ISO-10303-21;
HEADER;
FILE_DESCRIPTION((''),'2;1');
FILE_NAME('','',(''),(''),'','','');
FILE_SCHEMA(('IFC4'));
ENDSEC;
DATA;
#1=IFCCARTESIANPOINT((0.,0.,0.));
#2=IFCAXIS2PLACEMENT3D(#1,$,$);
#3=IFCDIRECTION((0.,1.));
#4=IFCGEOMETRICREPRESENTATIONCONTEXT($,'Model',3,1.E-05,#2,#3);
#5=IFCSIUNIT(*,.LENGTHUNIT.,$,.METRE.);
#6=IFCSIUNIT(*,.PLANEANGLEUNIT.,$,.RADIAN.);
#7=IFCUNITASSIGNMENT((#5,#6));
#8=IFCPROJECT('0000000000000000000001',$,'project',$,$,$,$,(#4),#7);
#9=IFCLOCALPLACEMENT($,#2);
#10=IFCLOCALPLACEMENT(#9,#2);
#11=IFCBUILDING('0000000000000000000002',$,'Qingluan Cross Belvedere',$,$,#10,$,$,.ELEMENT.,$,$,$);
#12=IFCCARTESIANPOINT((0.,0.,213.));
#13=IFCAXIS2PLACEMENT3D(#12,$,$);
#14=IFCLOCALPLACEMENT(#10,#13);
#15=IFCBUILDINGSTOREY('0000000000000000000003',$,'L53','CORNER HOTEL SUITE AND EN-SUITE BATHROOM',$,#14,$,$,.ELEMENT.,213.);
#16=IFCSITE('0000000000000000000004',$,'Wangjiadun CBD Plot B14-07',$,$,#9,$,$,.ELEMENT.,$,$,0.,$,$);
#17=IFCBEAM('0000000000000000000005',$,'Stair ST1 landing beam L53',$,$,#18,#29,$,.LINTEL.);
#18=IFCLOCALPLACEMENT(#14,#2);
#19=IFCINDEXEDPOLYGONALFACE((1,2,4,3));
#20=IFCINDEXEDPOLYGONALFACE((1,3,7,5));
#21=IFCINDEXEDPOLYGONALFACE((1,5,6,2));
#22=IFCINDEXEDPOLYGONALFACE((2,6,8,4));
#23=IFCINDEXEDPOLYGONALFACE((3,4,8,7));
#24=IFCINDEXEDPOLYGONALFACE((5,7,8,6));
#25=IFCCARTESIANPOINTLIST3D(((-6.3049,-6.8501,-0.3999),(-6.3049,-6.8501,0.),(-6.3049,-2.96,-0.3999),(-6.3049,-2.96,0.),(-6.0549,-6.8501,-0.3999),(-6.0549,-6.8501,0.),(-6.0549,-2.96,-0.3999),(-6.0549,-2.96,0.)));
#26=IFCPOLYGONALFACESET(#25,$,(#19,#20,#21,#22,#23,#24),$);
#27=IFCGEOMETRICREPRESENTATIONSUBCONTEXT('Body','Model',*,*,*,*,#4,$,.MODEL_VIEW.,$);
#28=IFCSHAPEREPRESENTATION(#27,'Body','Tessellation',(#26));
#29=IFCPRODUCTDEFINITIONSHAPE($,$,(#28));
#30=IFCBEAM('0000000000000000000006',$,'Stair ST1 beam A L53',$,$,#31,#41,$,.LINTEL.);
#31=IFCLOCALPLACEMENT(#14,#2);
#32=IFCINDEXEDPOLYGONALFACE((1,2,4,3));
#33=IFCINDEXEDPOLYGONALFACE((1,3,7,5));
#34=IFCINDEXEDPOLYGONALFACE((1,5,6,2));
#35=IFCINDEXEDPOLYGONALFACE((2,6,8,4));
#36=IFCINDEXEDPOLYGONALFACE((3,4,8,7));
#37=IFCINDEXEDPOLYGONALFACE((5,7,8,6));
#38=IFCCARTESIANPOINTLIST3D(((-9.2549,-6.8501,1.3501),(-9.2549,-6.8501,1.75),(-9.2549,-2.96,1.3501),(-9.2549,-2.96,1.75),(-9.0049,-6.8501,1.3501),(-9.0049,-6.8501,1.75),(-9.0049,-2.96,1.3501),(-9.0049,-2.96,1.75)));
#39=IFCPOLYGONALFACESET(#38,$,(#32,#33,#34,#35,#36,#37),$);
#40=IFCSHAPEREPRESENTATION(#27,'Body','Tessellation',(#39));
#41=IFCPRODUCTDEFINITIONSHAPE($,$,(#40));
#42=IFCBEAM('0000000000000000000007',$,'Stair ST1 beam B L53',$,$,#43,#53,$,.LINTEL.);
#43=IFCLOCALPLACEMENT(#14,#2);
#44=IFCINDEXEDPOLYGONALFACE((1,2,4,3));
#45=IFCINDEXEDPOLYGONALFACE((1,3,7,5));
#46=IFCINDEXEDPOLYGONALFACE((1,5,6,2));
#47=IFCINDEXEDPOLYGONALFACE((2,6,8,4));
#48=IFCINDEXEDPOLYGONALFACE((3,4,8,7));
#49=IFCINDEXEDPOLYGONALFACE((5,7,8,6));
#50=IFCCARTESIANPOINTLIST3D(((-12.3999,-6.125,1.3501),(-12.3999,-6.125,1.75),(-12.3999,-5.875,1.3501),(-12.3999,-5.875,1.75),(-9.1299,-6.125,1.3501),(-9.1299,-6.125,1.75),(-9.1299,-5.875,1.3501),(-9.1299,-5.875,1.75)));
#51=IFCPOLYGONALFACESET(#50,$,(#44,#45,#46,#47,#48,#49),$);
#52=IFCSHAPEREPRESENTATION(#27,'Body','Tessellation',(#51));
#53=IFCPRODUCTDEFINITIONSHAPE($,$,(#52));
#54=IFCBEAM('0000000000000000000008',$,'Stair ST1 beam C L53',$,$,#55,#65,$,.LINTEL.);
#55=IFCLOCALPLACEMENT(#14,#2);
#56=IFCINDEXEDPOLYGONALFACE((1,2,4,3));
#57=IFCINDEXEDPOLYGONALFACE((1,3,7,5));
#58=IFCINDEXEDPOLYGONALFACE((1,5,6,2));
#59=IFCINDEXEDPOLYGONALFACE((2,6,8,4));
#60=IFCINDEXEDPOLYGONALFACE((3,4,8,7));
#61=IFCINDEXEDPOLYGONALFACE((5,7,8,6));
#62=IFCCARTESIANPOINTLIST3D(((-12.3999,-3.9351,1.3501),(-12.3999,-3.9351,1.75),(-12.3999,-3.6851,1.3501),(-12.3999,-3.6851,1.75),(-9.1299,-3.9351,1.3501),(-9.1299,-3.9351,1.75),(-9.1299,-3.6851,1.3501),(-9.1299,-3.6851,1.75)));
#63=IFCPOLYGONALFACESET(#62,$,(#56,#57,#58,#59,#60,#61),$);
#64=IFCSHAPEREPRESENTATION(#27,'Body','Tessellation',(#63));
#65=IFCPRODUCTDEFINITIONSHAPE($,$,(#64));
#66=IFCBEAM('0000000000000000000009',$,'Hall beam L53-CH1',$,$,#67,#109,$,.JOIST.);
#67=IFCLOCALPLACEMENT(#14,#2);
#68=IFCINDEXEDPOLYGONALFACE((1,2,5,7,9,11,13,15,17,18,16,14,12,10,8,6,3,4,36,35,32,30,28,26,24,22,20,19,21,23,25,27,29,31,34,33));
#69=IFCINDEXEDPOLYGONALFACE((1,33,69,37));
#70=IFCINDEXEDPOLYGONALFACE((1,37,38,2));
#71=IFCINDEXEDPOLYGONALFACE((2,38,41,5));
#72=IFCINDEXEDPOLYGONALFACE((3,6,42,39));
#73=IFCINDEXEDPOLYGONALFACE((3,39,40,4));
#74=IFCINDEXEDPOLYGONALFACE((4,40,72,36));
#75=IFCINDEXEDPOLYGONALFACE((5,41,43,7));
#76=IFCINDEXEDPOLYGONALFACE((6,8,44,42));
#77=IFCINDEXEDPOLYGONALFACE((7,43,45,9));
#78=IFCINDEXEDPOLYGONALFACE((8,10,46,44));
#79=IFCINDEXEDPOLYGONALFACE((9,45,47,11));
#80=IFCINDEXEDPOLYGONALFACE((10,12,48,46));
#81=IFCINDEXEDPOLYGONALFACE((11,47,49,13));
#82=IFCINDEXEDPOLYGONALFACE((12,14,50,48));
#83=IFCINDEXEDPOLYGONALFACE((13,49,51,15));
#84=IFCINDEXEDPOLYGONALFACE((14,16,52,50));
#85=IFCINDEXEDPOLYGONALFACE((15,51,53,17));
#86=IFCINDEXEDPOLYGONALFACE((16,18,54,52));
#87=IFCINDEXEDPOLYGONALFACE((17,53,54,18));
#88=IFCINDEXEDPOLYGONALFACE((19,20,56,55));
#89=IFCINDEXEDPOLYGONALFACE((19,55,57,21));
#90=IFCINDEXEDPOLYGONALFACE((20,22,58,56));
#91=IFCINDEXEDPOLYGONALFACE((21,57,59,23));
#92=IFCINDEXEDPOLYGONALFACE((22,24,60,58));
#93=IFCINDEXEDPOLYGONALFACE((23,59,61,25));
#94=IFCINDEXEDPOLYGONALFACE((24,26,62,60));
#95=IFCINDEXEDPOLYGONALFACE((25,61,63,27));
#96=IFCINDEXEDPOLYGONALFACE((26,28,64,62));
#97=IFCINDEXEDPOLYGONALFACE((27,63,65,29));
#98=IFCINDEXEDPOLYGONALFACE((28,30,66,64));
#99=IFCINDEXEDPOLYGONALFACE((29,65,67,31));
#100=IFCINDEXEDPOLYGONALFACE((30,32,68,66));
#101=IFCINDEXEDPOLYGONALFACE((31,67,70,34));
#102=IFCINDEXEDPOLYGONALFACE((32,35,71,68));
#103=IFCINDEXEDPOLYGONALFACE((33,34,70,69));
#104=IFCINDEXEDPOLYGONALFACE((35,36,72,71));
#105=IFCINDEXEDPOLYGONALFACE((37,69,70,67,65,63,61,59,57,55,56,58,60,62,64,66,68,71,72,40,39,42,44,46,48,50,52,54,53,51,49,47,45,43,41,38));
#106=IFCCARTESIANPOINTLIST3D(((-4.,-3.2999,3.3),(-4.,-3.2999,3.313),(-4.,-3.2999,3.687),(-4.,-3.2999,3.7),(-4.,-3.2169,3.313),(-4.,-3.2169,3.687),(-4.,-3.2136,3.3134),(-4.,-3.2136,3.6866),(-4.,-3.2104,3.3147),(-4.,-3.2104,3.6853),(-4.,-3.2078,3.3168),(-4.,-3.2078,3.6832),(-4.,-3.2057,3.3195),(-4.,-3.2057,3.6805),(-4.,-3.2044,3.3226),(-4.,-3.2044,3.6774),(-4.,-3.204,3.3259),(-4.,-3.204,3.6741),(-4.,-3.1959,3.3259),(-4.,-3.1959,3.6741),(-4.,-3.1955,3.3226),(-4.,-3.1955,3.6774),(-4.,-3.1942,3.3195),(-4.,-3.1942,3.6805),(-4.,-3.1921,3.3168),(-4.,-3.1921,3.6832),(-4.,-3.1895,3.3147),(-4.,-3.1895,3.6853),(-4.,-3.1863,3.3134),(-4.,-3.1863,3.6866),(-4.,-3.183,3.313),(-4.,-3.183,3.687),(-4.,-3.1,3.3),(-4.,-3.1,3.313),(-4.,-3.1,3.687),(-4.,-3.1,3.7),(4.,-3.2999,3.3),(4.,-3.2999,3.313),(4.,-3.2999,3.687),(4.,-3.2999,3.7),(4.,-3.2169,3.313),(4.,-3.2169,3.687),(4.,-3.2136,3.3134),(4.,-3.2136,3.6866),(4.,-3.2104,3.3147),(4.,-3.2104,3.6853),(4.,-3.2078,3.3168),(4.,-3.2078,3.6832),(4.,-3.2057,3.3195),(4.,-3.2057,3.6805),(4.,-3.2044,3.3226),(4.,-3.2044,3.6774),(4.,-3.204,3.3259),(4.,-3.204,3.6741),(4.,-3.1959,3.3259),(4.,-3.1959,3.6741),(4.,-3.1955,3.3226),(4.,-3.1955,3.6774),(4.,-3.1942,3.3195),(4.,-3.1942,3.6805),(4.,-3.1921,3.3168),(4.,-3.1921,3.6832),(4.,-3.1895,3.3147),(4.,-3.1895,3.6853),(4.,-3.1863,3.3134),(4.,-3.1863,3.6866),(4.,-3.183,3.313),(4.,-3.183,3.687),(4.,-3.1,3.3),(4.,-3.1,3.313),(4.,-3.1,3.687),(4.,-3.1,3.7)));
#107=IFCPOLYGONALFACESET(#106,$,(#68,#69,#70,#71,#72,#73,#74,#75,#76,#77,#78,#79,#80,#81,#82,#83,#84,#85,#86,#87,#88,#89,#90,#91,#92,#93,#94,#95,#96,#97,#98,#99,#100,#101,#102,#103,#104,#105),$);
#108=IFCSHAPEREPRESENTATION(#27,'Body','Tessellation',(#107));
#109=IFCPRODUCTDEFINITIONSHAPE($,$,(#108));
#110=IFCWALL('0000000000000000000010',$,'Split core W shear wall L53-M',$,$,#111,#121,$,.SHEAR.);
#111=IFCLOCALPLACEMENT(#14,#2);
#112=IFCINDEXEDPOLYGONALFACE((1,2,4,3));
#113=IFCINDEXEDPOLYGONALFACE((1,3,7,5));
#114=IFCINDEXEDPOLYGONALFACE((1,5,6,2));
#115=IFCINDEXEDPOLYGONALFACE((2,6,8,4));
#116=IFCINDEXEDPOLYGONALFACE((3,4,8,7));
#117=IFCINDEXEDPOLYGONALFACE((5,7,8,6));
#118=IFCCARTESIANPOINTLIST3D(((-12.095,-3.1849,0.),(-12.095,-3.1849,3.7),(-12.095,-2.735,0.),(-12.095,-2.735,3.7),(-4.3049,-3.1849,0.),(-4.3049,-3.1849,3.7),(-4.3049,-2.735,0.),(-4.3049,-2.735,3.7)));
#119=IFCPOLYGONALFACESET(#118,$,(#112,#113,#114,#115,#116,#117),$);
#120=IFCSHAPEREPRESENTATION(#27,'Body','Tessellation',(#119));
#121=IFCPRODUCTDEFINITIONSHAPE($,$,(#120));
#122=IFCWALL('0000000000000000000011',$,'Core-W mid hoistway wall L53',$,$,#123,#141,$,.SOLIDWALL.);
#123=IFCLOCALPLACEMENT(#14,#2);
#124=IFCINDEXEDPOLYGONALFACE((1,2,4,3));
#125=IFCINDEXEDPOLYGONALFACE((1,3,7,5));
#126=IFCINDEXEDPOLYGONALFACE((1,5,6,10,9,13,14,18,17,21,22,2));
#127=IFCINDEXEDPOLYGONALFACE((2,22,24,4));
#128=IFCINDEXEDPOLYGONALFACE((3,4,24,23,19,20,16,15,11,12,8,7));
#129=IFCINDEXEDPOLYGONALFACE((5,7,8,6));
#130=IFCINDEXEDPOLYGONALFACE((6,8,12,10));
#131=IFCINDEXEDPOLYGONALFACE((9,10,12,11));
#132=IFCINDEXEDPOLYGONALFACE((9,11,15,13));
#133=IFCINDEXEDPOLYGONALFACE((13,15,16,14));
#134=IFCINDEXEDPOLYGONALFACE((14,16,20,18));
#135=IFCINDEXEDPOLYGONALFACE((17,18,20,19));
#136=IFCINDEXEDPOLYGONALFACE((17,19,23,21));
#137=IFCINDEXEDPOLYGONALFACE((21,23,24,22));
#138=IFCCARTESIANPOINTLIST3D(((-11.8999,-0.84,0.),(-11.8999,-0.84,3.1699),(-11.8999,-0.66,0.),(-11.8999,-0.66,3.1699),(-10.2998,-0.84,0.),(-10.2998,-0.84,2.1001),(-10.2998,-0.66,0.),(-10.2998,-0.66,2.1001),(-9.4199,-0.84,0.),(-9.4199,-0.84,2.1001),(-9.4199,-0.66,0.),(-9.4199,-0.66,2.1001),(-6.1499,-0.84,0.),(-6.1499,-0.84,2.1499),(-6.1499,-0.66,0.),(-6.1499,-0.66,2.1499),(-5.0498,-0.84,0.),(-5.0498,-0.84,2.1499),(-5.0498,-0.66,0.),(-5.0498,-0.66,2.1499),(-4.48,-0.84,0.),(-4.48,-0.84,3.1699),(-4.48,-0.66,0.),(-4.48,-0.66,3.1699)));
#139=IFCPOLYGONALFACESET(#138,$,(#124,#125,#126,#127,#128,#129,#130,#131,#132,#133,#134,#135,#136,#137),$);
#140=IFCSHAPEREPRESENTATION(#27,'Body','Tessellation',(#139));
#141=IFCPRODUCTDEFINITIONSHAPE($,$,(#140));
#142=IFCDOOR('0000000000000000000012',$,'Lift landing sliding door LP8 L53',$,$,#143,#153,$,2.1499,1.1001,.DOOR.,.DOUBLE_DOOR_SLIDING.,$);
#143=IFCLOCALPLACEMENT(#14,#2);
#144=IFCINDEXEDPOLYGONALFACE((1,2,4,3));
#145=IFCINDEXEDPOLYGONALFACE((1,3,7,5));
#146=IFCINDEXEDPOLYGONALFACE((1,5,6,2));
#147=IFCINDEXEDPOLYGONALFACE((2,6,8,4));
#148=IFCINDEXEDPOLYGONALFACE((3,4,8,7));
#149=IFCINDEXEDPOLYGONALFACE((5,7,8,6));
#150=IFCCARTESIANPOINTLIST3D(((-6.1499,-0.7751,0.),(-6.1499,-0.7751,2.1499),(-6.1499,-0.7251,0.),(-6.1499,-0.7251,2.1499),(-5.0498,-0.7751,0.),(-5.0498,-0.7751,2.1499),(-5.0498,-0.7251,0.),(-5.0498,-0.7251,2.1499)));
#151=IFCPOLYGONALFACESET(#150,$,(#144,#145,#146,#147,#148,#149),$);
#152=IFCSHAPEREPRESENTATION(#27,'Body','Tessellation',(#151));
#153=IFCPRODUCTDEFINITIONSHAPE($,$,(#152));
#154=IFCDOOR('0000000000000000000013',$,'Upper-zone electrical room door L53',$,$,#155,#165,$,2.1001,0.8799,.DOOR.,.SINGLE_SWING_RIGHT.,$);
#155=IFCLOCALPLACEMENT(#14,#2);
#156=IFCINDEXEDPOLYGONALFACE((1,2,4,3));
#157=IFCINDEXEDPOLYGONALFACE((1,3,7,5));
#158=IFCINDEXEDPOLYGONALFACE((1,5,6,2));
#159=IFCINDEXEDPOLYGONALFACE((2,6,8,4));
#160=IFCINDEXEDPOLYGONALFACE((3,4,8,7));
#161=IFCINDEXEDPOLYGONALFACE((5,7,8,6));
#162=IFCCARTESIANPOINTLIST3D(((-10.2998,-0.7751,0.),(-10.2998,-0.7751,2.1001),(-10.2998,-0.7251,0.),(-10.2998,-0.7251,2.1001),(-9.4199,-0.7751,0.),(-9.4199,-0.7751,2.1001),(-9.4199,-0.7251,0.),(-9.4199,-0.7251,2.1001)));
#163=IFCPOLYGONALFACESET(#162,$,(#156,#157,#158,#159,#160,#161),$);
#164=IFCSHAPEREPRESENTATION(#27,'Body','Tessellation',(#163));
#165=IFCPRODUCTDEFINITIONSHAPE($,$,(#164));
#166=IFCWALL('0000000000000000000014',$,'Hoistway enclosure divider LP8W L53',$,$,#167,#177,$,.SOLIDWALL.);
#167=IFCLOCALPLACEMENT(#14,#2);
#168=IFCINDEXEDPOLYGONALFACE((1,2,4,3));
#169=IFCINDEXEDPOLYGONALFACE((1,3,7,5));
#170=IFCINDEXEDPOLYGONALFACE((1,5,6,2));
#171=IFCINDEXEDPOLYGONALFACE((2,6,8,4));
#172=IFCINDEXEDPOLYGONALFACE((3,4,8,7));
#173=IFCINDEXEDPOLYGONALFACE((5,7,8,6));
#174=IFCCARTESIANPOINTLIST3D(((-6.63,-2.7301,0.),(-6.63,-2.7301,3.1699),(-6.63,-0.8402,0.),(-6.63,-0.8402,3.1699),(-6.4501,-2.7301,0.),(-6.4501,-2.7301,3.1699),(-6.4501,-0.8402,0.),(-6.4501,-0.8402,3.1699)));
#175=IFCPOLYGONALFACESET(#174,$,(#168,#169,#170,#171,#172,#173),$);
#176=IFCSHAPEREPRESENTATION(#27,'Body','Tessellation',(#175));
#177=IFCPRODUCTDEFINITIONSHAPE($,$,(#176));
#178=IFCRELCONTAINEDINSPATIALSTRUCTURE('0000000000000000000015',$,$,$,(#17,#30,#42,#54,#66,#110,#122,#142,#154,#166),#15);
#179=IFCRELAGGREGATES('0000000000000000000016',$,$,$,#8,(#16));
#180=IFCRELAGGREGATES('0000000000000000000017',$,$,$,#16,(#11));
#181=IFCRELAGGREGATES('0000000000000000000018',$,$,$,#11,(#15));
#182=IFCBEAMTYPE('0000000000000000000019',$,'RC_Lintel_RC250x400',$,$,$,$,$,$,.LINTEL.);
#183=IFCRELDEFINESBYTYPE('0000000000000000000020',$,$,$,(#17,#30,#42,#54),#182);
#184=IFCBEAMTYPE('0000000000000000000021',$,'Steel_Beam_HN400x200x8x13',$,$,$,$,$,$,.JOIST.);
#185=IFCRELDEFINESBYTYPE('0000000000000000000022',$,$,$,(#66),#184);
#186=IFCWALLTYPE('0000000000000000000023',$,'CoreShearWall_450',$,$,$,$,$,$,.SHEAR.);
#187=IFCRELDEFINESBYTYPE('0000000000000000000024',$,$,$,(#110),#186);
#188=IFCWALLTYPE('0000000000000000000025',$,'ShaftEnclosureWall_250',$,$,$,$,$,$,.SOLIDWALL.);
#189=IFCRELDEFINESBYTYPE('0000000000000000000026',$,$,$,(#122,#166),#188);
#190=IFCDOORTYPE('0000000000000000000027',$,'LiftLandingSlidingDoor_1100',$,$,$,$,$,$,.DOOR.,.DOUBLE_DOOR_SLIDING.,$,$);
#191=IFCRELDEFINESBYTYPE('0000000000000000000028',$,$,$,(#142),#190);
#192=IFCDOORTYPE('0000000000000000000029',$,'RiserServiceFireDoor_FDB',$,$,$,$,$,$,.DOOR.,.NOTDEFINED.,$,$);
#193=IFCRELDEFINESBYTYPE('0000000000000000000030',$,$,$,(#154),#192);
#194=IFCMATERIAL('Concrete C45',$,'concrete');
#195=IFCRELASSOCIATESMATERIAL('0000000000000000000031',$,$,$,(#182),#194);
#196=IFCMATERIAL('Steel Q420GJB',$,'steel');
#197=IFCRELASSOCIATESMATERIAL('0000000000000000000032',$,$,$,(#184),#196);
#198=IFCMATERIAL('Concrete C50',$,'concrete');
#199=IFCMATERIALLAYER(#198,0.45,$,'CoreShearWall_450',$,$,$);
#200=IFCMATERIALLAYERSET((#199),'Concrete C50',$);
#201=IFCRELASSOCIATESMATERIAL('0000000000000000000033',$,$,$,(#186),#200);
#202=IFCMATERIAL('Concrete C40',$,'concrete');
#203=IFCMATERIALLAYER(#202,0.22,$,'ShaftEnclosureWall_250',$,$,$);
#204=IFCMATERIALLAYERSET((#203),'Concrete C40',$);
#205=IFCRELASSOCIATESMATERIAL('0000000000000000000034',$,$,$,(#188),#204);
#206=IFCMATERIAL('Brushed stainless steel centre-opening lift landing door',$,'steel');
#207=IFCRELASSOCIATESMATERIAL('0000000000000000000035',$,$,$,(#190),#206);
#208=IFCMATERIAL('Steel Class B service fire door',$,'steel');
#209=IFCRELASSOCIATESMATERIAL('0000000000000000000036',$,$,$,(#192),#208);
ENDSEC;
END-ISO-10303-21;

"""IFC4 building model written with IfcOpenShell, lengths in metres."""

from ifc_helpers import new_model, si_unit, direction, frame, frame_2d, origin, origin_2d, place, context, subcontext, project, spatial, rectangle, i_section, extrude, material, layer, layer_set, material_profile, profile_set, type_object, element, fill, save


model = new_model("IFC4")

# Units and contexts
model_context = context("Model", 3, precision=1e-05, world=origin(), true_north=direction((0.0, 1.0)))
body_context = subcontext(model_context, "Body", "Model", "MODEL_VIEW")
ifc_project = project(units=[si_unit("LENGTHUNIT", "METRE"), si_unit("PLANEANGLEUNIT", "RADIAN")], contexts=[model_context])

# Site, building, storey
site_placement = place(None, origin())
site = spatial("IfcSite", under=ifc_project, at=site_placement, Name="Wangjiadun CBD Plot B14-07", CompositionType="ELEMENT", RefElevation=0.0)
building_placement = place(site_placement, origin())
building = spatial("IfcBuilding", under=site, at=building_placement, Name="Qingluan Cross Belvedere", CompositionType="ELEMENT")
storey_placement = place(building_placement, frame((0.0, 0.0, 213.0)))
storey = spatial("IfcBuildingStorey", under=building, at=storey_placement, Name="L53", Description="CORNER HOTEL SUITE AND EN-SUITE BATHROOM", CompositionType="ELEMENT", Elevation=213.0)

# Beams
ifc_material_1 = material(Name="Concrete C45", Category="concrete")
ifc_material_profile_1 = material_profile(ifc_material_1, rectangle(XDim=0.25, YDim=0.3999, at=origin_2d()), Name="RC250x400")
ifc_profile_set_1 = profile_set([ifc_material_profile_1], Name="Concrete C45")
beam_type_1 = type_object("IfcBeamType", Name="RC_Lintel_RC250x400", PredefinedType="LINTEL", material=ifc_profile_set_1)
for number, where, z_axis, x_axis, name in (
    (1, (-6.1799, -6.8501, -0.2), (0.0, 1.0, 0.0), (-1.0, 0.0, 0.0), "Stair ST1 landing beam L53"),
    (2, (-9.1299, -6.8501, 1.55), (0.0, 1.0, 0.0), (-1.0, 0.0, 0.0), "Stair ST1 beam A L53"),
):
    element("IfcBeam", number, at=place(storey_placement, frame(where, z_axis=z_axis, x_axis=x_axis)), inside=storey, type_object=beam_type_1, Name=name, PredefinedType="LINTEL", context=body_context, shape_type="SweptSolid", body=[
        extrude(rectangle(XDim=0.25, YDim=0.3999, at=origin_2d()), origin(), (0.0, 0.0, 1.0), 3.8901),
    ])
for number, where, z_axis, x_axis, name in (
    (3, (-12.3999, -6.0, 1.55), (1.0, 0.0, 0.0), (0.0, 1.0, 0.0), "Stair ST1 beam B L53"),
    (4, (-12.3999, -3.8101, 1.55), (1.0, 0.0, 0.0), (0.0, 1.0, 0.0), "Stair ST1 beam C L53"),
):
    element("IfcBeam", number, at=place(storey_placement, frame(where, z_axis=z_axis, x_axis=x_axis)), inside=storey, type_object=beam_type_1, Name=name, PredefinedType="LINTEL", context=body_context, shape_type="SweptSolid", body=[
        extrude(rectangle(XDim=0.25, YDim=0.3999, at=origin_2d()), origin(), (0.0, 0.0, 1.0), 3.27),
    ])
ifc_material_2 = material(Name="Steel Q420GJB", Category="steel")
ifc_material_profile_2 = material_profile(ifc_material_2, i_section(OverallWidth=0.2, OverallDepth=0.3999, WebThickness=0.0081, FlangeThickness=0.0129, FilletRadius=0.0129, at=origin_2d()), Name="HN400x200x8x13")
ifc_profile_set_2 = profile_set([ifc_material_profile_2], Name="Steel Q420GJB")
beam_type_2 = type_object("IfcBeamType", Name="Steel_Beam_HN400x200x8x13", PredefinedType="JOIST", material=ifc_profile_set_2)
beam_placement = place(storey_placement, frame((-4.0, -3.2, 3.5), z_axis=(1.0, 0.0, 0.0), x_axis=(0.0, 1.0, 0.0)))
element("IfcBeam", 5, at=beam_placement, inside=storey, type_object=beam_type_2, Name="Hall beam L53-CH1", PredefinedType="JOIST", context=body_context, shape_type="SweptSolid", body=[
    extrude(i_section(OverallWidth=0.2, OverallDepth=0.3999, WebThickness=0.0081, FlangeThickness=0.0129, FilletRadius=0.0129, at=origin_2d()), origin(), (0.0, 0.0, 1.0), 8.0),
])

# Wall
ifc_material_3 = material(Name="Concrete C50", Category="concrete")
ifc_layer_1 = layer(ifc_material_3, 0.45, Name="CoreShearWall_450")
ifc_layer_set_1 = layer_set([ifc_layer_1], Name="Concrete C50")
wall_type_1 = type_object("IfcWallType", Name="CoreShearWall_450", PredefinedType="SHEAR", material=ifc_layer_set_1)
wall_1_placement = place(storey_placement, frame((-12.095, -2.96, 0.0), z_axis=(0.0, 0.0, 1.0), x_axis=(1.0, 0.0, 0.0)))
element("IfcWall", 6, at=wall_1_placement, inside=storey, type_object=wall_type_1, Name="Split core W shear wall L53-M", PredefinedType="SHEAR", context=body_context, shape_type="SweptSolid", body=[
    extrude(rectangle(XDim=7.79, YDim=0.45, at=frame_2d((3.895, 0.0))), origin(), (0.0, 0.0, 1.0), 3.7),
])

# Wall, openings, doors
ifc_material_4 = material(Name="Concrete C40", Category="concrete")
ifc_layer_2 = layer(ifc_material_4, 0.22, Name="ShaftEnclosureWall_250")
ifc_layer_set_2 = layer_set([ifc_layer_2], Name="Concrete C40")
wall_type_2 = type_object("IfcWallType", Name="ShaftEnclosureWall_250", PredefinedType="SOLIDWALL", material=ifc_layer_set_2)
wall_2_placement = place(storey_placement, frame((-11.8999, -0.75, 0.0), z_axis=(0.0, 0.0, 1.0), x_axis=(1.0, 0.0, 0.0)))
wall_2 = element("IfcWall", 7, at=wall_2_placement, inside=storey, type_object=wall_type_2, Name="Core-W mid hoistway wall L53", PredefinedType="SOLIDWALL", context=body_context, shape_type="SweptSolid", body=[
    extrude(rectangle(XDim=7.4199, YDim=0.1799, at=frame_2d((3.71, 0.0))), origin(), (0.0, 0.0, 1.0), 3.1699),
])
opening_1_placement = place(wall_2_placement, frame((5.75, 0.0, 0.0)))
opening_1 = element("IfcOpeningElement", 8, at=opening_1_placement, cuts=wall_2, PredefinedType="OPENING", context=body_context, shape_type="SweptSolid", body=[
    extrude(rectangle(XDim=1.1001, YDim=2.1499, at=frame_2d((0.55, 1.075))), frame((0.0, 0.0999, 0.0), z_axis=(0.0, -1.0, 0.0), x_axis=(1.0, 0.0, 0.0)), (0.0, 0.0, 1.0), 0.2),
])
opening_2_placement = place(wall_2_placement, frame((1.6001, 0.0, 0.0)))
opening_2 = element("IfcOpeningElement", 9, at=opening_2_placement, cuts=wall_2, PredefinedType="OPENING", context=body_context, shape_type="SweptSolid", body=[
    extrude(rectangle(XDim=0.8799, YDim=2.1001, at=frame_2d((0.4399, 1.05))), frame((0.0, 0.0999, 0.0), z_axis=(0.0, -1.0, 0.0), x_axis=(1.0, 0.0, 0.0)), (0.0, 0.0, 1.0), 0.2),
])
ifc_material_5 = material(Name="Brushed stainless steel centre-opening lift landing door", Category="steel")
door_type_1 = type_object("IfcDoorType", Name="LiftLandingSlidingDoor_1100", OperationType="DOUBLE_DOOR_SLIDING", PredefinedType="DOOR", material=ifc_material_5)
door_1_placement = place(opening_1_placement, origin())
door_1 = element("IfcDoor", 10, at=door_1_placement, inside=storey, type_object=door_type_1, Name="Lift landing sliding door LP8 L53", OperationType="DOUBLE_DOOR_SLIDING", OverallHeight=2.1499, OverallWidth=1.1001, PredefinedType="DOOR", context=body_context, shape_type="SweptSolid", body=[
    extrude(rectangle(XDim=1.1001, YDim=2.1499, at=frame_2d((0.55, 1.075))), frame((0.0, 0.0249, 0.0), z_axis=(0.0, -1.0, 0.0), x_axis=(1.0, 0.0, 0.0)), (0.0, 0.0, 1.0), 0.05),
])
fill(opening_1, door_1)
ifc_material_6 = material(Name="Steel Class B service fire door", Category="steel")
door_type_2 = type_object("IfcDoorType", Name="RiserServiceFireDoor_FDB", OperationType="NOTDEFINED", PredefinedType="DOOR", material=ifc_material_6)
door_2_placement = place(opening_2_placement, origin())
door_2 = element("IfcDoor", 11, at=door_2_placement, inside=storey, type_object=door_type_2, Name="Upper-zone electrical room door L53", OperationType="SINGLE_SWING_RIGHT", OverallHeight=2.1001, OverallWidth=0.8799, PredefinedType="DOOR", context=body_context, shape_type="SweptSolid", body=[
    extrude(rectangle(XDim=0.8799, YDim=2.1001, at=frame_2d((0.4399, 1.05))), frame((0.0, 0.0249, 0.0), z_axis=(0.0, -1.0, 0.0), x_axis=(1.0, 0.0, 0.0)), (0.0, 0.0, 1.0), 0.05),
])
fill(opening_2, door_2)

# Wall
wall_3_placement = place(storey_placement, frame((-6.54, -2.73, 0.0), z_axis=(0.0, 0.0, 1.0), x_axis=(0.0, 1.0, 0.0)))
element("IfcWall", 12, at=wall_3_placement, inside=storey, type_object=wall_type_2, Name="Hoistway enclosure divider LP8W L53", PredefinedType="SOLIDWALL", context=body_context, shape_type="SweptSolid", body=[
    extrude(rectangle(XDim=1.8899, YDim=0.1799, at=frame_2d((0.9448, 0.0))), origin(), (0.0, 0.0, 1.0), 3.1699),
])

save(model, "model.ifc")
